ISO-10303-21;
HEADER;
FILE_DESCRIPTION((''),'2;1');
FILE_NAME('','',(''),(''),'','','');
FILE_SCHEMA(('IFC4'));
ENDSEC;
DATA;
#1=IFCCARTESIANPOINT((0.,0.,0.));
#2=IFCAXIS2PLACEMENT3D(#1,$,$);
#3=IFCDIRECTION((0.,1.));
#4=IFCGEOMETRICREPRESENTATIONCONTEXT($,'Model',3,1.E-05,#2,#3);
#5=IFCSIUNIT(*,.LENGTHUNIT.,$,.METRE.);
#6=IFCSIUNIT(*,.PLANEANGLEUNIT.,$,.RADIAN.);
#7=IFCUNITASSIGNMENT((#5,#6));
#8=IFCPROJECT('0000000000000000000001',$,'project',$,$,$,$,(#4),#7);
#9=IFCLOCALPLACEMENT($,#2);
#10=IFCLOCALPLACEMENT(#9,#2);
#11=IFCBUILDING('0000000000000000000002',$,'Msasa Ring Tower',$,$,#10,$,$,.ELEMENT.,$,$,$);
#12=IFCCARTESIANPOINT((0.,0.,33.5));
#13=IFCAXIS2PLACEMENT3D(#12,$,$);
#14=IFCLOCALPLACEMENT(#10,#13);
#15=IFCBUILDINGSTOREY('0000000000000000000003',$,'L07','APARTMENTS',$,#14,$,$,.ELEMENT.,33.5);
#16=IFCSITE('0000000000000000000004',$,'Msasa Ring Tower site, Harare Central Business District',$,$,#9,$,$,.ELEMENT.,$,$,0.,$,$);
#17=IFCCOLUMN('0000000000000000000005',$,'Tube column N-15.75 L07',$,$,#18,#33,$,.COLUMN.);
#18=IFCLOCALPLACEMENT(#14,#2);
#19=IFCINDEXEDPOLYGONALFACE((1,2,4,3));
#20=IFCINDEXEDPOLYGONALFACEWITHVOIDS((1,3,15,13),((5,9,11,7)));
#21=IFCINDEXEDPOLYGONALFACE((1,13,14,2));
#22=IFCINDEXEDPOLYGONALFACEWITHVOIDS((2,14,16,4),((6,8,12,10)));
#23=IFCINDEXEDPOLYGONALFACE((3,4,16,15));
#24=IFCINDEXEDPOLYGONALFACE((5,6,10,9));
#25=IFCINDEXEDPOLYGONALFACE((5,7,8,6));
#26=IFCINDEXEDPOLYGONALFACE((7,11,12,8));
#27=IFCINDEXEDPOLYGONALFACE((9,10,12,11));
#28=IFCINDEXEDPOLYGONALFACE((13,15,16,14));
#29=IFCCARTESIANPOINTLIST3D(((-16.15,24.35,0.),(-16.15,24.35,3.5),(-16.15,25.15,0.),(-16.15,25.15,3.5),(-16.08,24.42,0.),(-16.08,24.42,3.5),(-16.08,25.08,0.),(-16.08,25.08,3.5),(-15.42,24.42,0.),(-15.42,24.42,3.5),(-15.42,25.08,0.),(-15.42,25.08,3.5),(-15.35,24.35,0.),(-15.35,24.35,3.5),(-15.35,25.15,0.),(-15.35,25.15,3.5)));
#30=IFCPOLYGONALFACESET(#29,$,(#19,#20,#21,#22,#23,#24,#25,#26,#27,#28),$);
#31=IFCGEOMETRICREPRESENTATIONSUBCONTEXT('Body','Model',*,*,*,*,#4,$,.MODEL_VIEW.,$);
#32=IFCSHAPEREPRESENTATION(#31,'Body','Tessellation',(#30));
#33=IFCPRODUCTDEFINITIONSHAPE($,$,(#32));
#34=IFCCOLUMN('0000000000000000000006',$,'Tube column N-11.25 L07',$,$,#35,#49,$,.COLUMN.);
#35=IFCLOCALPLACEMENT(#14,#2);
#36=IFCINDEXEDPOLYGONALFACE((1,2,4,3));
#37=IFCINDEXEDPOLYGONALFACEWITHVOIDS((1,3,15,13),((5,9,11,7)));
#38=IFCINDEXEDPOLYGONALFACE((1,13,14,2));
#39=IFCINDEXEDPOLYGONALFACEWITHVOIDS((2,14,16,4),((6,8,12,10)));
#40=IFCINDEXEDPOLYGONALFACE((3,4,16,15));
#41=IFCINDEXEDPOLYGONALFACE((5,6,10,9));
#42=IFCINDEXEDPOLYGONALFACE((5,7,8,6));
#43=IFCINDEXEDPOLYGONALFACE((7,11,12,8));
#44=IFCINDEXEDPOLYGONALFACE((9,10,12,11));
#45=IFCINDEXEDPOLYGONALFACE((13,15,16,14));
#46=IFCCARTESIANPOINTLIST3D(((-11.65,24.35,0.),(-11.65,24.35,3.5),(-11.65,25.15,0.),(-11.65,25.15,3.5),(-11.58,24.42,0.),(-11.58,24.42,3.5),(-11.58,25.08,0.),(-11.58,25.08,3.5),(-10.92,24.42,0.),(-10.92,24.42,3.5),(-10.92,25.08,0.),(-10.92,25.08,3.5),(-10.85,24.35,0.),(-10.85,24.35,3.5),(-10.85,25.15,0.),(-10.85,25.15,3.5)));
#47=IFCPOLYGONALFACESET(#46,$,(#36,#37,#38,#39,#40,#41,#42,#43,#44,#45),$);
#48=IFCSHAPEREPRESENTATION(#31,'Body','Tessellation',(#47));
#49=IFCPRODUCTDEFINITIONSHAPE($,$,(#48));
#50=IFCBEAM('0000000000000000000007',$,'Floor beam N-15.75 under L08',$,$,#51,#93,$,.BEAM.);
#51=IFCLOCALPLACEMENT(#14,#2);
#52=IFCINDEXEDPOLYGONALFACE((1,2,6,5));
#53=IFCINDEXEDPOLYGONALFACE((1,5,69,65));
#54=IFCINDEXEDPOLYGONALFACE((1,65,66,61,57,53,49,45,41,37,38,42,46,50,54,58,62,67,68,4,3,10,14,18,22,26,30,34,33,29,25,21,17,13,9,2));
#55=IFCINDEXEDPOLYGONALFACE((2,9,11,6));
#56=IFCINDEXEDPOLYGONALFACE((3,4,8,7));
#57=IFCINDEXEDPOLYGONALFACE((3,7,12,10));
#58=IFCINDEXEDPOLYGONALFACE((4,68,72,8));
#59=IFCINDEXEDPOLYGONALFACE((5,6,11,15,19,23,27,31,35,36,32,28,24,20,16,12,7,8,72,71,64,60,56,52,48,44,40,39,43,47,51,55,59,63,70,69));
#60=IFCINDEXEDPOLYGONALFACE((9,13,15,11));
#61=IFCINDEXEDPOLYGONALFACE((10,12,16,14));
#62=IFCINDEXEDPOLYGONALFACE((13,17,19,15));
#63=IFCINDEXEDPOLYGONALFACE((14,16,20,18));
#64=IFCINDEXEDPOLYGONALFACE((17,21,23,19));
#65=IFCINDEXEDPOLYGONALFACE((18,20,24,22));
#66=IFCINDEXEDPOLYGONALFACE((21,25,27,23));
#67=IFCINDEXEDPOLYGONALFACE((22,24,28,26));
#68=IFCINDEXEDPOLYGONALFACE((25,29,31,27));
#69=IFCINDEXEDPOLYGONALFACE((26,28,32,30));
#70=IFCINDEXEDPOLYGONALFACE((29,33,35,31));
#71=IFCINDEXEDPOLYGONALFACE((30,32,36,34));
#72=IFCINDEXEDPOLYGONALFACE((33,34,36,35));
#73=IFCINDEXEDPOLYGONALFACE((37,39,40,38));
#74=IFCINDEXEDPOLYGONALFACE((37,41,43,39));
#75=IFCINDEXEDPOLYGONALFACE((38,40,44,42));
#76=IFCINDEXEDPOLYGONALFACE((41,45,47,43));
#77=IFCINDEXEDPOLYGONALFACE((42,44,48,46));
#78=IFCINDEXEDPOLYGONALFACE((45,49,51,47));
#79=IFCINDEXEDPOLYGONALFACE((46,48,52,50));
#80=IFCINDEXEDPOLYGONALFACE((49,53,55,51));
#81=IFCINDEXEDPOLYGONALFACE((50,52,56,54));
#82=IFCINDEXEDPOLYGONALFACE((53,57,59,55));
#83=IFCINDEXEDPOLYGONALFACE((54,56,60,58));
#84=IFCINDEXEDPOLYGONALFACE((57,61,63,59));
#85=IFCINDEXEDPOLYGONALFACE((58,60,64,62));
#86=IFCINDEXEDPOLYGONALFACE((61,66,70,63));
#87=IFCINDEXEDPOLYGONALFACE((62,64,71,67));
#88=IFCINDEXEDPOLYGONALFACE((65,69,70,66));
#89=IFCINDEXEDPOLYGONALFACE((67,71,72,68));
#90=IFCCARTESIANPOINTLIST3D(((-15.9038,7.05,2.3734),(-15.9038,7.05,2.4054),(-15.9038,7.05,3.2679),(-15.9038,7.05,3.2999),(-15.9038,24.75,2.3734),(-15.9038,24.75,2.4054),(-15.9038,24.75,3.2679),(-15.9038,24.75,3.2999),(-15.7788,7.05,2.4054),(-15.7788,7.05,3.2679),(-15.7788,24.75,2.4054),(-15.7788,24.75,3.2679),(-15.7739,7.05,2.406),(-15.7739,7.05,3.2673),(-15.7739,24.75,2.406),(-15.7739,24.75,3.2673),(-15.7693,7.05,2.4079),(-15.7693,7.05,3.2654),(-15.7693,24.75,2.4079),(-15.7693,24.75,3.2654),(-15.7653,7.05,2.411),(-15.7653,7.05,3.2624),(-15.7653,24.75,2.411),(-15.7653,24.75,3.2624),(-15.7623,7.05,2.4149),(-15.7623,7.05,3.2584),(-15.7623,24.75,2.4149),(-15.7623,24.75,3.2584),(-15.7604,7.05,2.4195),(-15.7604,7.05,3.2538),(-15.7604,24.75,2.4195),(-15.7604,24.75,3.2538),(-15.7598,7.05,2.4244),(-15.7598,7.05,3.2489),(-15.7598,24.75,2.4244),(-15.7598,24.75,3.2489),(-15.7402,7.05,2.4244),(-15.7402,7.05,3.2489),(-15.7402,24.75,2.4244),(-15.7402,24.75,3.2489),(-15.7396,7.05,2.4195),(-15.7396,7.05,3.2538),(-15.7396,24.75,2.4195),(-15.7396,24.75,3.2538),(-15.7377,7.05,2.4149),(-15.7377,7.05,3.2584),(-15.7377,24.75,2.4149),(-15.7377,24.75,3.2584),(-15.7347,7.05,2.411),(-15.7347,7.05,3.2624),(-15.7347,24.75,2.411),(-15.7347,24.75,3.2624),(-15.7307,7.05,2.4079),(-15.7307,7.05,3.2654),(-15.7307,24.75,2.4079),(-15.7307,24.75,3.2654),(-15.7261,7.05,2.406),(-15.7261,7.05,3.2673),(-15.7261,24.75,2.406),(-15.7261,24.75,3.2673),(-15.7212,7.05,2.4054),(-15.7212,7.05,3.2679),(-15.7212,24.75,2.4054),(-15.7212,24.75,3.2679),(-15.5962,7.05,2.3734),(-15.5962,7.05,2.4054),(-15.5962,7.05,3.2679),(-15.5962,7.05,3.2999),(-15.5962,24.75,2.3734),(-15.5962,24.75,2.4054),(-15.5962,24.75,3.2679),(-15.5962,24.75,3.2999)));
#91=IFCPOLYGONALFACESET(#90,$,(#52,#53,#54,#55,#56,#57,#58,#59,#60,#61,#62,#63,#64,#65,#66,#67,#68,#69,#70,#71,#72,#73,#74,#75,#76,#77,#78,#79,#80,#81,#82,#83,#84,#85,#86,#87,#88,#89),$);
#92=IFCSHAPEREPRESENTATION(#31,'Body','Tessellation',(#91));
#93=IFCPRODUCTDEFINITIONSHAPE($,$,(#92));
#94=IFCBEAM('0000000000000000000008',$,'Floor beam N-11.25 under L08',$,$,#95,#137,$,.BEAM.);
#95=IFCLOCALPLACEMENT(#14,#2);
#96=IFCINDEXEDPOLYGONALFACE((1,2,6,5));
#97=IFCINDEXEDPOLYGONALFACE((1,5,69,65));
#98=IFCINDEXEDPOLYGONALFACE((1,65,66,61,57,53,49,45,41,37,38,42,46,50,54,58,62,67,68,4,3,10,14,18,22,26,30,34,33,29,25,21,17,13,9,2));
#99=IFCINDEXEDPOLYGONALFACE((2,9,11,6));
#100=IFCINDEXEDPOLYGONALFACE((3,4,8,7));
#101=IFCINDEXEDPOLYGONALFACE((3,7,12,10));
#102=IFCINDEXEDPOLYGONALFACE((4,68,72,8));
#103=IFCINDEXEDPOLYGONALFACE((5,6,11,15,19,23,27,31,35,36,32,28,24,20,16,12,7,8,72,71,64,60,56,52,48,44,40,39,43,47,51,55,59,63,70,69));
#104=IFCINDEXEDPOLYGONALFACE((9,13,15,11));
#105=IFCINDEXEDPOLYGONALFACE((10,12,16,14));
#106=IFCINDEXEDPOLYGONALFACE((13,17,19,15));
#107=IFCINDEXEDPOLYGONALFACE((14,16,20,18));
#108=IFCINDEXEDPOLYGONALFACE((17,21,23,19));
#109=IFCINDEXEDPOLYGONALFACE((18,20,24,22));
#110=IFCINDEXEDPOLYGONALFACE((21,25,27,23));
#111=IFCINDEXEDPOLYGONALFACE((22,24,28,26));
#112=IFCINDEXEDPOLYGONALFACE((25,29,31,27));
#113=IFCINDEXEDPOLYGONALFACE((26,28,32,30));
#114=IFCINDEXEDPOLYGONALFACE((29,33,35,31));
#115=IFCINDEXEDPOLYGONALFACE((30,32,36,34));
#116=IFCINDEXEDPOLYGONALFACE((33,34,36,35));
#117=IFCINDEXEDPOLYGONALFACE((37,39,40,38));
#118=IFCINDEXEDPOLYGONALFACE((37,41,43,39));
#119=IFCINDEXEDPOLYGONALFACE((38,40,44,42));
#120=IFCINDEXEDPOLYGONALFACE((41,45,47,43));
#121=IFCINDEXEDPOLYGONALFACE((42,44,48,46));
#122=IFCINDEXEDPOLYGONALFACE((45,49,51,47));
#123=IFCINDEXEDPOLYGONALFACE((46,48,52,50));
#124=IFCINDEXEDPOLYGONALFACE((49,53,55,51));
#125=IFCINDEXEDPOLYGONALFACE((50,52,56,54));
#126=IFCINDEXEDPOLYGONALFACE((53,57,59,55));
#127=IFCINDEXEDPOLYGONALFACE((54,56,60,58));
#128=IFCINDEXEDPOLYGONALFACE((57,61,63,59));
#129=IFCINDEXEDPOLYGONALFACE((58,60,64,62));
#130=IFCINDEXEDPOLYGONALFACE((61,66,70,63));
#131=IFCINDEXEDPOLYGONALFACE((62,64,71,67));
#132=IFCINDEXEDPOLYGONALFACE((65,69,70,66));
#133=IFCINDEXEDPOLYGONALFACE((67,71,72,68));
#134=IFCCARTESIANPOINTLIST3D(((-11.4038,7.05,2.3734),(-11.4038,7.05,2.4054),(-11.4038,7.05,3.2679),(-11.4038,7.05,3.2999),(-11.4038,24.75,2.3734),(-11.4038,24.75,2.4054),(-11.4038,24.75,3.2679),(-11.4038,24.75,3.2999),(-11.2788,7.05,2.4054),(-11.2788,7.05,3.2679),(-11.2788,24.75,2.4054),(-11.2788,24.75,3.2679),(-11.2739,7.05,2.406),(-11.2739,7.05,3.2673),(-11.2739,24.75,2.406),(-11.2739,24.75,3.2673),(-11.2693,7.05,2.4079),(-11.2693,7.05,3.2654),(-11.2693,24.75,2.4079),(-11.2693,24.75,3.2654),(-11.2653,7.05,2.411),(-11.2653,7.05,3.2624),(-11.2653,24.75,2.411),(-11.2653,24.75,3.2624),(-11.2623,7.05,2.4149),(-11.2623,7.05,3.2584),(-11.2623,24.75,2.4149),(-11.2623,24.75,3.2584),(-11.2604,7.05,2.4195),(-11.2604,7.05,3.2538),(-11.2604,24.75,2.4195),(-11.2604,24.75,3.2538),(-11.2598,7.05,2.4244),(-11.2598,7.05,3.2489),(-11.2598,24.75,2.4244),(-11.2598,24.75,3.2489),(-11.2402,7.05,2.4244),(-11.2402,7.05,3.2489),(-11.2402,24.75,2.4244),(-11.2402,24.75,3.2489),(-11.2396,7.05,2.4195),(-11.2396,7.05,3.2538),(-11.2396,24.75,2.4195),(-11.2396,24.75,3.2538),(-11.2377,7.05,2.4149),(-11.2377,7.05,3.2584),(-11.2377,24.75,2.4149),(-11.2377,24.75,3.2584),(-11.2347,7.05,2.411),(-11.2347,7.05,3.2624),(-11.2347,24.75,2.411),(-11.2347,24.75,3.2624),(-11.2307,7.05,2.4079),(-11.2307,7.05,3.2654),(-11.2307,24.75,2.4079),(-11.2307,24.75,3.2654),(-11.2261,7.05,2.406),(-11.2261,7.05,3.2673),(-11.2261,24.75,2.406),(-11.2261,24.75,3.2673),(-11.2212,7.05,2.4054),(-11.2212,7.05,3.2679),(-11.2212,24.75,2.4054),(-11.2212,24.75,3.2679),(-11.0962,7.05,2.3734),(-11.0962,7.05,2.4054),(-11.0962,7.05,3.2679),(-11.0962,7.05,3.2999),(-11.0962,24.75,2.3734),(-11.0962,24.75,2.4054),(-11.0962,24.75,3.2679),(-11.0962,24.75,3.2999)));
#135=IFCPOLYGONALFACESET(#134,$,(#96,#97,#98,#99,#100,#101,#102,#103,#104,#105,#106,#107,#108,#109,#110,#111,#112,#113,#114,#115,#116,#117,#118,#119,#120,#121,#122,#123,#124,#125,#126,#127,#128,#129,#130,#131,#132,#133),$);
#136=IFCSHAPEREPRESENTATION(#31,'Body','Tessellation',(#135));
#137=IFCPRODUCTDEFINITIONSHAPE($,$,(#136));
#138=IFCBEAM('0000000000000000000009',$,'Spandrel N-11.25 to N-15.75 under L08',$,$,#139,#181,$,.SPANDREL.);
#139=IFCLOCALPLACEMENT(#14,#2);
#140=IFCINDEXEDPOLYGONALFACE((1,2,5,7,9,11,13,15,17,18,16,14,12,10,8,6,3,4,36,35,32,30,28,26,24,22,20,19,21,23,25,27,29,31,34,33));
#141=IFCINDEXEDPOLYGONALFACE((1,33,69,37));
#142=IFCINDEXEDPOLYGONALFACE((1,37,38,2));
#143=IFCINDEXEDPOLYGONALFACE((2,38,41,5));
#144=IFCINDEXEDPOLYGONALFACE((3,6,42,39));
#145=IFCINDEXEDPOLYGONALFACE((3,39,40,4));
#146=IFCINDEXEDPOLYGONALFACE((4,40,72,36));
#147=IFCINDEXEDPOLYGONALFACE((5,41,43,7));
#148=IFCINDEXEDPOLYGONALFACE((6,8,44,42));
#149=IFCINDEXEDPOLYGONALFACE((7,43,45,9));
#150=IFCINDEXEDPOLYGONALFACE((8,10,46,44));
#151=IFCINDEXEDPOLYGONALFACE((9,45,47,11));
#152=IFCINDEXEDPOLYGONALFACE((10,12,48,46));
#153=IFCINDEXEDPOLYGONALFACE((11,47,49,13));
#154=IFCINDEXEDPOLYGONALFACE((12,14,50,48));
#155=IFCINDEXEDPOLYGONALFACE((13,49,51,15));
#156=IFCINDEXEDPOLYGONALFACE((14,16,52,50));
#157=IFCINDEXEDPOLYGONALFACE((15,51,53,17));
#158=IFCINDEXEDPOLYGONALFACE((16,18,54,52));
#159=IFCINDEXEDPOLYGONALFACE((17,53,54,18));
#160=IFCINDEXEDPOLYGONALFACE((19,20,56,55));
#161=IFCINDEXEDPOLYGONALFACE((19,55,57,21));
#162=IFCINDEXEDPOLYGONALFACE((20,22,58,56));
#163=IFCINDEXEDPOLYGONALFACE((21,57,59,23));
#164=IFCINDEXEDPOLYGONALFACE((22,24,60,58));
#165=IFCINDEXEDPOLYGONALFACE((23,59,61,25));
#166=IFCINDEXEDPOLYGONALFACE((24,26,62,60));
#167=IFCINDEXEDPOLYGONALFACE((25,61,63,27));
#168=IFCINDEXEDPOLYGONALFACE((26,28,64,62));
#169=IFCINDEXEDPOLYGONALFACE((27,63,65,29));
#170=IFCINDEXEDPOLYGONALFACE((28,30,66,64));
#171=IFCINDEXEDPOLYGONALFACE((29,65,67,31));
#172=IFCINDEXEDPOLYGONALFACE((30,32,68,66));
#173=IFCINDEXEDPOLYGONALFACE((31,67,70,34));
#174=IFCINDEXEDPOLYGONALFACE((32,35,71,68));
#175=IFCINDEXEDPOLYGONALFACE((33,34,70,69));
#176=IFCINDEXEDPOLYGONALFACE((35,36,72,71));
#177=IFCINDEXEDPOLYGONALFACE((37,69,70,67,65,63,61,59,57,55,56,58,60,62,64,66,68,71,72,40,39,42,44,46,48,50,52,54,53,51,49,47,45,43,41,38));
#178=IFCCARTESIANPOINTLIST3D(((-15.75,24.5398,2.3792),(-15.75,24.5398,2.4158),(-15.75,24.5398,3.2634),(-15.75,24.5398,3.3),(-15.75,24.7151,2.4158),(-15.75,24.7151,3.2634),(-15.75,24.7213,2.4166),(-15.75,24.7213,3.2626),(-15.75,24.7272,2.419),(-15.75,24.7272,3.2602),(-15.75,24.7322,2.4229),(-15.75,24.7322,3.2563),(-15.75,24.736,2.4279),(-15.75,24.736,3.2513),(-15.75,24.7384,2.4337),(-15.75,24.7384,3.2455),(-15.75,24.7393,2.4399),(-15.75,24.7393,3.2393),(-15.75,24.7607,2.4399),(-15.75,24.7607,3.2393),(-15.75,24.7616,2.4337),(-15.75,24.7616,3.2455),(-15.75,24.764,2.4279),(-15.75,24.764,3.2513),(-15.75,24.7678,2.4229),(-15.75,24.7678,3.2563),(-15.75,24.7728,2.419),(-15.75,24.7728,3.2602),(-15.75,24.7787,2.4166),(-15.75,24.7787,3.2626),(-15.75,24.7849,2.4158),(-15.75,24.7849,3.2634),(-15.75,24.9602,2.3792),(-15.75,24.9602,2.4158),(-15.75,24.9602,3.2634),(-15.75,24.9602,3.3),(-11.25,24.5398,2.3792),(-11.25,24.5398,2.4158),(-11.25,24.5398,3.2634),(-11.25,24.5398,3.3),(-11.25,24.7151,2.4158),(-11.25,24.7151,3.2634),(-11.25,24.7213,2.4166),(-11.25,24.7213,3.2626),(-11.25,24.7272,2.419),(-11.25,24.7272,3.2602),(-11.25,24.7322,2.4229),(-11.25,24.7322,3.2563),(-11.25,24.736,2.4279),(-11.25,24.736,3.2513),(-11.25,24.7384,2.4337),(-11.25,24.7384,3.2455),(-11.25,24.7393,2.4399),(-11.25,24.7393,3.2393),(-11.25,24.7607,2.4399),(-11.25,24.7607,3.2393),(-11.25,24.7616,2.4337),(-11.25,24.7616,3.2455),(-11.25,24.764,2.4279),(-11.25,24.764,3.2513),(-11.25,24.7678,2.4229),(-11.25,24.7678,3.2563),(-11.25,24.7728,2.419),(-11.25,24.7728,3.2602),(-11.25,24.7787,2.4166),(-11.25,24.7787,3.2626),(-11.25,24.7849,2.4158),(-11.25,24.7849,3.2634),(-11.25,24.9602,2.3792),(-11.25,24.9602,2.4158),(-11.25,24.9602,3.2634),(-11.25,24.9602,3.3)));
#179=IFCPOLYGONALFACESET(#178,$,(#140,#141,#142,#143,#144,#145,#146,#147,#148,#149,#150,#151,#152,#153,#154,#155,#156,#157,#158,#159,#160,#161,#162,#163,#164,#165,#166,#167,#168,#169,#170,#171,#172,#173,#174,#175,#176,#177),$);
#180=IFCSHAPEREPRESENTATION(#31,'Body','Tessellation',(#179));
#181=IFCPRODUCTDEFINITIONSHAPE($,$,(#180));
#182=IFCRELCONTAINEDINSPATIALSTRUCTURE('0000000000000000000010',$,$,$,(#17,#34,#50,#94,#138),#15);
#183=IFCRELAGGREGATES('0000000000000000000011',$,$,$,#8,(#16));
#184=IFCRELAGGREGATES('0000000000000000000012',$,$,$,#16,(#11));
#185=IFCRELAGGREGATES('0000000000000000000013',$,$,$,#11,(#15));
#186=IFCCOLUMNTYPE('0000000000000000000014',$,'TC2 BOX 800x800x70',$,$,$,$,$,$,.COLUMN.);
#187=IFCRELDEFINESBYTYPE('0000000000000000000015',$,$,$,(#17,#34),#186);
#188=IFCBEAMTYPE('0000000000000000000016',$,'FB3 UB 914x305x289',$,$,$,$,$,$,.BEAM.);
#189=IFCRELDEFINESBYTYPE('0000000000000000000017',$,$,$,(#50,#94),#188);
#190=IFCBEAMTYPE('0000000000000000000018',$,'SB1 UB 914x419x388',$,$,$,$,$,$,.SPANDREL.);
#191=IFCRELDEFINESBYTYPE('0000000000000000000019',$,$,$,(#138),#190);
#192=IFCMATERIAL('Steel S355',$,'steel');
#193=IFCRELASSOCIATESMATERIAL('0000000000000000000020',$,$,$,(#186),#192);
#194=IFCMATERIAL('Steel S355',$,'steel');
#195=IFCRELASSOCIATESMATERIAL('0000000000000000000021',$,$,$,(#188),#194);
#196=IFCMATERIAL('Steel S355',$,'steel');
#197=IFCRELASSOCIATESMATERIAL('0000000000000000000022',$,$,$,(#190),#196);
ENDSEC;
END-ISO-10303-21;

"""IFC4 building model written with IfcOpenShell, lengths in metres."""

from ifc_helpers import new_model, si_unit, direction, frame, origin, origin_2d, place, context, subcontext, project, spatial, hollow_rectangle, i_section, extrude, material, material_profile, profile_set, type_object, element, save


model = new_model("IFC4")

# Units and contexts
model_context = context("Model", 3, precision=1e-05, world=origin(), true_north=direction((0.0, 1.0)))
body_context = subcontext(model_context, "Body", "Model", "MODEL_VIEW")
ifc_project = project(units=[si_unit("LENGTHUNIT", "METRE"), si_unit("PLANEANGLEUNIT", "RADIAN")], contexts=[model_context])

# Site, building, storey
site_placement = place(None, origin())
site = spatial("IfcSite", under=ifc_project, at=site_placement, Name="Msasa Ring Tower site, Harare Central Business District", CompositionType="ELEMENT", RefElevation=0.0)
building_placement = place(site_placement, origin())
building = spatial("IfcBuilding", under=site, at=building_placement, Name="Msasa Ring Tower", CompositionType="ELEMENT")
storey_placement = place(building_placement, frame((0.0, 0.0, 33.5)))
storey = spatial("IfcBuildingStorey", under=building, at=storey_placement, Name="L07", Description="APARTMENTS", CompositionType="ELEMENT", Elevation=33.5)

# Columns
ifc_material_1 = material(Name="Steel S355", Category="steel")
ifc_material_profile_1 = material_profile(ifc_material_1, hollow_rectangle(XDim=0.8, YDim=0.8, WallThickness=0.0701, at=origin_2d()), Name="BOX 800x800x70")
ifc_profile_set_1 = profile_set([ifc_material_profile_1], Name="Steel S355")
column_type = type_object("IfcColumnType", Name="TC2 BOX 800x800x70", PredefinedType="COLUMN", material=ifc_profile_set_1)
for number, where, z_axis, x_axis, name in (
    (1, (-15.75, 24.75, 0.0), (0.0, 0.0, 1.0), (0.0, 1.0, 0.0), "Tube column N-15.75 L07"),
    (2, (-11.25, 24.75, 0.0), (0.0, 0.0, 1.0), (0.0, 1.0, 0.0), "Tube column N-11.25 L07"),
):
    element("IfcColumn", number, at=place(storey_placement, frame(where, z_axis=z_axis, x_axis=x_axis)), inside=storey, type_object=column_type, Name=name, PredefinedType="COLUMN", context=body_context, shape_type="SweptSolid", body=[
        extrude(hollow_rectangle(XDim=0.8, YDim=0.8, WallThickness=0.0701, at=origin_2d()), origin(), (0.0, 0.0, 1.0), 3.5),
    ])

# Beams
ifc_material_2 = material(Name="Steel S355", Category="steel")
ifc_material_profile_2 = material_profile(ifc_material_2, i_section(OverallWidth=0.3076, OverallDepth=0.9265, WebThickness=0.0195, FlangeThickness=0.032, FilletRadius=0.019, at=origin_2d()), Name="UB 914x305x289")
ifc_profile_set_2 = profile_set([ifc_material_profile_2], Name="Steel S355")
beam_type_1 = type_object("IfcBeamType", Name="FB3 UB 914x305x289", PredefinedType="BEAM", material=ifc_profile_set_2)
for number, where, z_axis, x_axis, name in (
    (3, (-15.75, 24.75, 2.8367), (0.0, -1.0, 0.0), (1.0, 0.0, 0.0), "Floor beam N-15.75 under L08"),
    (4, (-11.25, 24.75, 2.8367), (0.0, -1.0, 0.0), (1.0, 0.0, 0.0), "Floor beam N-11.25 under L08"),
):
    element("IfcBeam", number, at=place(storey_placement, frame(where, z_axis=z_axis, x_axis=x_axis)), inside=storey, type_object=beam_type_1, Name=name, PredefinedType="BEAM", context=body_context, shape_type="SweptSolid", body=[
        extrude(i_section(OverallWidth=0.3076, OverallDepth=0.9265, WebThickness=0.0195, FlangeThickness=0.032, FilletRadius=0.019, at=origin_2d()), origin(), (0.0, 0.0, 1.0), 17.7),
    ])
ifc_material_3 = material(Name="Steel S355", Category="steel")
ifc_material_profile_3 = material_profile(ifc_material_3, i_section(OverallWidth=0.4204, OverallDepth=0.9209, WebThickness=0.0215, FlangeThickness=0.0366, FilletRadius=0.0242, at=origin_2d()), Name="UB 914x419x388")
ifc_profile_set_3 = profile_set([ifc_material_profile_3], Name="Steel S355")
beam_type_2 = type_object("IfcBeamType", Name="SB1 UB 914x419x388", PredefinedType="SPANDREL", material=ifc_profile_set_3)
for number, where, z_axis, x_axis, name in (
    (5, (-11.25, 24.75, 2.8396), (-1.0, 0.0, 0.0), (0.0, -1.0, 0.0), "Spandrel N-11.25 to N-15.75 under L08"),
):
    element("IfcBeam", number, at=place(storey_placement, frame(where, z_axis=z_axis, x_axis=x_axis)), inside=storey, type_object=beam_type_2, Name=name, PredefinedType="SPANDREL", context=body_context, shape_type="SweptSolid", body=[
        extrude(i_section(OverallWidth=0.4204, OverallDepth=0.9209, WebThickness=0.0215, FlangeThickness=0.0366, FilletRadius=0.0242, at=origin_2d()), origin(), (0.0, 0.0, 1.0), 4.5),
    ])

save(model, "model.ifc")
